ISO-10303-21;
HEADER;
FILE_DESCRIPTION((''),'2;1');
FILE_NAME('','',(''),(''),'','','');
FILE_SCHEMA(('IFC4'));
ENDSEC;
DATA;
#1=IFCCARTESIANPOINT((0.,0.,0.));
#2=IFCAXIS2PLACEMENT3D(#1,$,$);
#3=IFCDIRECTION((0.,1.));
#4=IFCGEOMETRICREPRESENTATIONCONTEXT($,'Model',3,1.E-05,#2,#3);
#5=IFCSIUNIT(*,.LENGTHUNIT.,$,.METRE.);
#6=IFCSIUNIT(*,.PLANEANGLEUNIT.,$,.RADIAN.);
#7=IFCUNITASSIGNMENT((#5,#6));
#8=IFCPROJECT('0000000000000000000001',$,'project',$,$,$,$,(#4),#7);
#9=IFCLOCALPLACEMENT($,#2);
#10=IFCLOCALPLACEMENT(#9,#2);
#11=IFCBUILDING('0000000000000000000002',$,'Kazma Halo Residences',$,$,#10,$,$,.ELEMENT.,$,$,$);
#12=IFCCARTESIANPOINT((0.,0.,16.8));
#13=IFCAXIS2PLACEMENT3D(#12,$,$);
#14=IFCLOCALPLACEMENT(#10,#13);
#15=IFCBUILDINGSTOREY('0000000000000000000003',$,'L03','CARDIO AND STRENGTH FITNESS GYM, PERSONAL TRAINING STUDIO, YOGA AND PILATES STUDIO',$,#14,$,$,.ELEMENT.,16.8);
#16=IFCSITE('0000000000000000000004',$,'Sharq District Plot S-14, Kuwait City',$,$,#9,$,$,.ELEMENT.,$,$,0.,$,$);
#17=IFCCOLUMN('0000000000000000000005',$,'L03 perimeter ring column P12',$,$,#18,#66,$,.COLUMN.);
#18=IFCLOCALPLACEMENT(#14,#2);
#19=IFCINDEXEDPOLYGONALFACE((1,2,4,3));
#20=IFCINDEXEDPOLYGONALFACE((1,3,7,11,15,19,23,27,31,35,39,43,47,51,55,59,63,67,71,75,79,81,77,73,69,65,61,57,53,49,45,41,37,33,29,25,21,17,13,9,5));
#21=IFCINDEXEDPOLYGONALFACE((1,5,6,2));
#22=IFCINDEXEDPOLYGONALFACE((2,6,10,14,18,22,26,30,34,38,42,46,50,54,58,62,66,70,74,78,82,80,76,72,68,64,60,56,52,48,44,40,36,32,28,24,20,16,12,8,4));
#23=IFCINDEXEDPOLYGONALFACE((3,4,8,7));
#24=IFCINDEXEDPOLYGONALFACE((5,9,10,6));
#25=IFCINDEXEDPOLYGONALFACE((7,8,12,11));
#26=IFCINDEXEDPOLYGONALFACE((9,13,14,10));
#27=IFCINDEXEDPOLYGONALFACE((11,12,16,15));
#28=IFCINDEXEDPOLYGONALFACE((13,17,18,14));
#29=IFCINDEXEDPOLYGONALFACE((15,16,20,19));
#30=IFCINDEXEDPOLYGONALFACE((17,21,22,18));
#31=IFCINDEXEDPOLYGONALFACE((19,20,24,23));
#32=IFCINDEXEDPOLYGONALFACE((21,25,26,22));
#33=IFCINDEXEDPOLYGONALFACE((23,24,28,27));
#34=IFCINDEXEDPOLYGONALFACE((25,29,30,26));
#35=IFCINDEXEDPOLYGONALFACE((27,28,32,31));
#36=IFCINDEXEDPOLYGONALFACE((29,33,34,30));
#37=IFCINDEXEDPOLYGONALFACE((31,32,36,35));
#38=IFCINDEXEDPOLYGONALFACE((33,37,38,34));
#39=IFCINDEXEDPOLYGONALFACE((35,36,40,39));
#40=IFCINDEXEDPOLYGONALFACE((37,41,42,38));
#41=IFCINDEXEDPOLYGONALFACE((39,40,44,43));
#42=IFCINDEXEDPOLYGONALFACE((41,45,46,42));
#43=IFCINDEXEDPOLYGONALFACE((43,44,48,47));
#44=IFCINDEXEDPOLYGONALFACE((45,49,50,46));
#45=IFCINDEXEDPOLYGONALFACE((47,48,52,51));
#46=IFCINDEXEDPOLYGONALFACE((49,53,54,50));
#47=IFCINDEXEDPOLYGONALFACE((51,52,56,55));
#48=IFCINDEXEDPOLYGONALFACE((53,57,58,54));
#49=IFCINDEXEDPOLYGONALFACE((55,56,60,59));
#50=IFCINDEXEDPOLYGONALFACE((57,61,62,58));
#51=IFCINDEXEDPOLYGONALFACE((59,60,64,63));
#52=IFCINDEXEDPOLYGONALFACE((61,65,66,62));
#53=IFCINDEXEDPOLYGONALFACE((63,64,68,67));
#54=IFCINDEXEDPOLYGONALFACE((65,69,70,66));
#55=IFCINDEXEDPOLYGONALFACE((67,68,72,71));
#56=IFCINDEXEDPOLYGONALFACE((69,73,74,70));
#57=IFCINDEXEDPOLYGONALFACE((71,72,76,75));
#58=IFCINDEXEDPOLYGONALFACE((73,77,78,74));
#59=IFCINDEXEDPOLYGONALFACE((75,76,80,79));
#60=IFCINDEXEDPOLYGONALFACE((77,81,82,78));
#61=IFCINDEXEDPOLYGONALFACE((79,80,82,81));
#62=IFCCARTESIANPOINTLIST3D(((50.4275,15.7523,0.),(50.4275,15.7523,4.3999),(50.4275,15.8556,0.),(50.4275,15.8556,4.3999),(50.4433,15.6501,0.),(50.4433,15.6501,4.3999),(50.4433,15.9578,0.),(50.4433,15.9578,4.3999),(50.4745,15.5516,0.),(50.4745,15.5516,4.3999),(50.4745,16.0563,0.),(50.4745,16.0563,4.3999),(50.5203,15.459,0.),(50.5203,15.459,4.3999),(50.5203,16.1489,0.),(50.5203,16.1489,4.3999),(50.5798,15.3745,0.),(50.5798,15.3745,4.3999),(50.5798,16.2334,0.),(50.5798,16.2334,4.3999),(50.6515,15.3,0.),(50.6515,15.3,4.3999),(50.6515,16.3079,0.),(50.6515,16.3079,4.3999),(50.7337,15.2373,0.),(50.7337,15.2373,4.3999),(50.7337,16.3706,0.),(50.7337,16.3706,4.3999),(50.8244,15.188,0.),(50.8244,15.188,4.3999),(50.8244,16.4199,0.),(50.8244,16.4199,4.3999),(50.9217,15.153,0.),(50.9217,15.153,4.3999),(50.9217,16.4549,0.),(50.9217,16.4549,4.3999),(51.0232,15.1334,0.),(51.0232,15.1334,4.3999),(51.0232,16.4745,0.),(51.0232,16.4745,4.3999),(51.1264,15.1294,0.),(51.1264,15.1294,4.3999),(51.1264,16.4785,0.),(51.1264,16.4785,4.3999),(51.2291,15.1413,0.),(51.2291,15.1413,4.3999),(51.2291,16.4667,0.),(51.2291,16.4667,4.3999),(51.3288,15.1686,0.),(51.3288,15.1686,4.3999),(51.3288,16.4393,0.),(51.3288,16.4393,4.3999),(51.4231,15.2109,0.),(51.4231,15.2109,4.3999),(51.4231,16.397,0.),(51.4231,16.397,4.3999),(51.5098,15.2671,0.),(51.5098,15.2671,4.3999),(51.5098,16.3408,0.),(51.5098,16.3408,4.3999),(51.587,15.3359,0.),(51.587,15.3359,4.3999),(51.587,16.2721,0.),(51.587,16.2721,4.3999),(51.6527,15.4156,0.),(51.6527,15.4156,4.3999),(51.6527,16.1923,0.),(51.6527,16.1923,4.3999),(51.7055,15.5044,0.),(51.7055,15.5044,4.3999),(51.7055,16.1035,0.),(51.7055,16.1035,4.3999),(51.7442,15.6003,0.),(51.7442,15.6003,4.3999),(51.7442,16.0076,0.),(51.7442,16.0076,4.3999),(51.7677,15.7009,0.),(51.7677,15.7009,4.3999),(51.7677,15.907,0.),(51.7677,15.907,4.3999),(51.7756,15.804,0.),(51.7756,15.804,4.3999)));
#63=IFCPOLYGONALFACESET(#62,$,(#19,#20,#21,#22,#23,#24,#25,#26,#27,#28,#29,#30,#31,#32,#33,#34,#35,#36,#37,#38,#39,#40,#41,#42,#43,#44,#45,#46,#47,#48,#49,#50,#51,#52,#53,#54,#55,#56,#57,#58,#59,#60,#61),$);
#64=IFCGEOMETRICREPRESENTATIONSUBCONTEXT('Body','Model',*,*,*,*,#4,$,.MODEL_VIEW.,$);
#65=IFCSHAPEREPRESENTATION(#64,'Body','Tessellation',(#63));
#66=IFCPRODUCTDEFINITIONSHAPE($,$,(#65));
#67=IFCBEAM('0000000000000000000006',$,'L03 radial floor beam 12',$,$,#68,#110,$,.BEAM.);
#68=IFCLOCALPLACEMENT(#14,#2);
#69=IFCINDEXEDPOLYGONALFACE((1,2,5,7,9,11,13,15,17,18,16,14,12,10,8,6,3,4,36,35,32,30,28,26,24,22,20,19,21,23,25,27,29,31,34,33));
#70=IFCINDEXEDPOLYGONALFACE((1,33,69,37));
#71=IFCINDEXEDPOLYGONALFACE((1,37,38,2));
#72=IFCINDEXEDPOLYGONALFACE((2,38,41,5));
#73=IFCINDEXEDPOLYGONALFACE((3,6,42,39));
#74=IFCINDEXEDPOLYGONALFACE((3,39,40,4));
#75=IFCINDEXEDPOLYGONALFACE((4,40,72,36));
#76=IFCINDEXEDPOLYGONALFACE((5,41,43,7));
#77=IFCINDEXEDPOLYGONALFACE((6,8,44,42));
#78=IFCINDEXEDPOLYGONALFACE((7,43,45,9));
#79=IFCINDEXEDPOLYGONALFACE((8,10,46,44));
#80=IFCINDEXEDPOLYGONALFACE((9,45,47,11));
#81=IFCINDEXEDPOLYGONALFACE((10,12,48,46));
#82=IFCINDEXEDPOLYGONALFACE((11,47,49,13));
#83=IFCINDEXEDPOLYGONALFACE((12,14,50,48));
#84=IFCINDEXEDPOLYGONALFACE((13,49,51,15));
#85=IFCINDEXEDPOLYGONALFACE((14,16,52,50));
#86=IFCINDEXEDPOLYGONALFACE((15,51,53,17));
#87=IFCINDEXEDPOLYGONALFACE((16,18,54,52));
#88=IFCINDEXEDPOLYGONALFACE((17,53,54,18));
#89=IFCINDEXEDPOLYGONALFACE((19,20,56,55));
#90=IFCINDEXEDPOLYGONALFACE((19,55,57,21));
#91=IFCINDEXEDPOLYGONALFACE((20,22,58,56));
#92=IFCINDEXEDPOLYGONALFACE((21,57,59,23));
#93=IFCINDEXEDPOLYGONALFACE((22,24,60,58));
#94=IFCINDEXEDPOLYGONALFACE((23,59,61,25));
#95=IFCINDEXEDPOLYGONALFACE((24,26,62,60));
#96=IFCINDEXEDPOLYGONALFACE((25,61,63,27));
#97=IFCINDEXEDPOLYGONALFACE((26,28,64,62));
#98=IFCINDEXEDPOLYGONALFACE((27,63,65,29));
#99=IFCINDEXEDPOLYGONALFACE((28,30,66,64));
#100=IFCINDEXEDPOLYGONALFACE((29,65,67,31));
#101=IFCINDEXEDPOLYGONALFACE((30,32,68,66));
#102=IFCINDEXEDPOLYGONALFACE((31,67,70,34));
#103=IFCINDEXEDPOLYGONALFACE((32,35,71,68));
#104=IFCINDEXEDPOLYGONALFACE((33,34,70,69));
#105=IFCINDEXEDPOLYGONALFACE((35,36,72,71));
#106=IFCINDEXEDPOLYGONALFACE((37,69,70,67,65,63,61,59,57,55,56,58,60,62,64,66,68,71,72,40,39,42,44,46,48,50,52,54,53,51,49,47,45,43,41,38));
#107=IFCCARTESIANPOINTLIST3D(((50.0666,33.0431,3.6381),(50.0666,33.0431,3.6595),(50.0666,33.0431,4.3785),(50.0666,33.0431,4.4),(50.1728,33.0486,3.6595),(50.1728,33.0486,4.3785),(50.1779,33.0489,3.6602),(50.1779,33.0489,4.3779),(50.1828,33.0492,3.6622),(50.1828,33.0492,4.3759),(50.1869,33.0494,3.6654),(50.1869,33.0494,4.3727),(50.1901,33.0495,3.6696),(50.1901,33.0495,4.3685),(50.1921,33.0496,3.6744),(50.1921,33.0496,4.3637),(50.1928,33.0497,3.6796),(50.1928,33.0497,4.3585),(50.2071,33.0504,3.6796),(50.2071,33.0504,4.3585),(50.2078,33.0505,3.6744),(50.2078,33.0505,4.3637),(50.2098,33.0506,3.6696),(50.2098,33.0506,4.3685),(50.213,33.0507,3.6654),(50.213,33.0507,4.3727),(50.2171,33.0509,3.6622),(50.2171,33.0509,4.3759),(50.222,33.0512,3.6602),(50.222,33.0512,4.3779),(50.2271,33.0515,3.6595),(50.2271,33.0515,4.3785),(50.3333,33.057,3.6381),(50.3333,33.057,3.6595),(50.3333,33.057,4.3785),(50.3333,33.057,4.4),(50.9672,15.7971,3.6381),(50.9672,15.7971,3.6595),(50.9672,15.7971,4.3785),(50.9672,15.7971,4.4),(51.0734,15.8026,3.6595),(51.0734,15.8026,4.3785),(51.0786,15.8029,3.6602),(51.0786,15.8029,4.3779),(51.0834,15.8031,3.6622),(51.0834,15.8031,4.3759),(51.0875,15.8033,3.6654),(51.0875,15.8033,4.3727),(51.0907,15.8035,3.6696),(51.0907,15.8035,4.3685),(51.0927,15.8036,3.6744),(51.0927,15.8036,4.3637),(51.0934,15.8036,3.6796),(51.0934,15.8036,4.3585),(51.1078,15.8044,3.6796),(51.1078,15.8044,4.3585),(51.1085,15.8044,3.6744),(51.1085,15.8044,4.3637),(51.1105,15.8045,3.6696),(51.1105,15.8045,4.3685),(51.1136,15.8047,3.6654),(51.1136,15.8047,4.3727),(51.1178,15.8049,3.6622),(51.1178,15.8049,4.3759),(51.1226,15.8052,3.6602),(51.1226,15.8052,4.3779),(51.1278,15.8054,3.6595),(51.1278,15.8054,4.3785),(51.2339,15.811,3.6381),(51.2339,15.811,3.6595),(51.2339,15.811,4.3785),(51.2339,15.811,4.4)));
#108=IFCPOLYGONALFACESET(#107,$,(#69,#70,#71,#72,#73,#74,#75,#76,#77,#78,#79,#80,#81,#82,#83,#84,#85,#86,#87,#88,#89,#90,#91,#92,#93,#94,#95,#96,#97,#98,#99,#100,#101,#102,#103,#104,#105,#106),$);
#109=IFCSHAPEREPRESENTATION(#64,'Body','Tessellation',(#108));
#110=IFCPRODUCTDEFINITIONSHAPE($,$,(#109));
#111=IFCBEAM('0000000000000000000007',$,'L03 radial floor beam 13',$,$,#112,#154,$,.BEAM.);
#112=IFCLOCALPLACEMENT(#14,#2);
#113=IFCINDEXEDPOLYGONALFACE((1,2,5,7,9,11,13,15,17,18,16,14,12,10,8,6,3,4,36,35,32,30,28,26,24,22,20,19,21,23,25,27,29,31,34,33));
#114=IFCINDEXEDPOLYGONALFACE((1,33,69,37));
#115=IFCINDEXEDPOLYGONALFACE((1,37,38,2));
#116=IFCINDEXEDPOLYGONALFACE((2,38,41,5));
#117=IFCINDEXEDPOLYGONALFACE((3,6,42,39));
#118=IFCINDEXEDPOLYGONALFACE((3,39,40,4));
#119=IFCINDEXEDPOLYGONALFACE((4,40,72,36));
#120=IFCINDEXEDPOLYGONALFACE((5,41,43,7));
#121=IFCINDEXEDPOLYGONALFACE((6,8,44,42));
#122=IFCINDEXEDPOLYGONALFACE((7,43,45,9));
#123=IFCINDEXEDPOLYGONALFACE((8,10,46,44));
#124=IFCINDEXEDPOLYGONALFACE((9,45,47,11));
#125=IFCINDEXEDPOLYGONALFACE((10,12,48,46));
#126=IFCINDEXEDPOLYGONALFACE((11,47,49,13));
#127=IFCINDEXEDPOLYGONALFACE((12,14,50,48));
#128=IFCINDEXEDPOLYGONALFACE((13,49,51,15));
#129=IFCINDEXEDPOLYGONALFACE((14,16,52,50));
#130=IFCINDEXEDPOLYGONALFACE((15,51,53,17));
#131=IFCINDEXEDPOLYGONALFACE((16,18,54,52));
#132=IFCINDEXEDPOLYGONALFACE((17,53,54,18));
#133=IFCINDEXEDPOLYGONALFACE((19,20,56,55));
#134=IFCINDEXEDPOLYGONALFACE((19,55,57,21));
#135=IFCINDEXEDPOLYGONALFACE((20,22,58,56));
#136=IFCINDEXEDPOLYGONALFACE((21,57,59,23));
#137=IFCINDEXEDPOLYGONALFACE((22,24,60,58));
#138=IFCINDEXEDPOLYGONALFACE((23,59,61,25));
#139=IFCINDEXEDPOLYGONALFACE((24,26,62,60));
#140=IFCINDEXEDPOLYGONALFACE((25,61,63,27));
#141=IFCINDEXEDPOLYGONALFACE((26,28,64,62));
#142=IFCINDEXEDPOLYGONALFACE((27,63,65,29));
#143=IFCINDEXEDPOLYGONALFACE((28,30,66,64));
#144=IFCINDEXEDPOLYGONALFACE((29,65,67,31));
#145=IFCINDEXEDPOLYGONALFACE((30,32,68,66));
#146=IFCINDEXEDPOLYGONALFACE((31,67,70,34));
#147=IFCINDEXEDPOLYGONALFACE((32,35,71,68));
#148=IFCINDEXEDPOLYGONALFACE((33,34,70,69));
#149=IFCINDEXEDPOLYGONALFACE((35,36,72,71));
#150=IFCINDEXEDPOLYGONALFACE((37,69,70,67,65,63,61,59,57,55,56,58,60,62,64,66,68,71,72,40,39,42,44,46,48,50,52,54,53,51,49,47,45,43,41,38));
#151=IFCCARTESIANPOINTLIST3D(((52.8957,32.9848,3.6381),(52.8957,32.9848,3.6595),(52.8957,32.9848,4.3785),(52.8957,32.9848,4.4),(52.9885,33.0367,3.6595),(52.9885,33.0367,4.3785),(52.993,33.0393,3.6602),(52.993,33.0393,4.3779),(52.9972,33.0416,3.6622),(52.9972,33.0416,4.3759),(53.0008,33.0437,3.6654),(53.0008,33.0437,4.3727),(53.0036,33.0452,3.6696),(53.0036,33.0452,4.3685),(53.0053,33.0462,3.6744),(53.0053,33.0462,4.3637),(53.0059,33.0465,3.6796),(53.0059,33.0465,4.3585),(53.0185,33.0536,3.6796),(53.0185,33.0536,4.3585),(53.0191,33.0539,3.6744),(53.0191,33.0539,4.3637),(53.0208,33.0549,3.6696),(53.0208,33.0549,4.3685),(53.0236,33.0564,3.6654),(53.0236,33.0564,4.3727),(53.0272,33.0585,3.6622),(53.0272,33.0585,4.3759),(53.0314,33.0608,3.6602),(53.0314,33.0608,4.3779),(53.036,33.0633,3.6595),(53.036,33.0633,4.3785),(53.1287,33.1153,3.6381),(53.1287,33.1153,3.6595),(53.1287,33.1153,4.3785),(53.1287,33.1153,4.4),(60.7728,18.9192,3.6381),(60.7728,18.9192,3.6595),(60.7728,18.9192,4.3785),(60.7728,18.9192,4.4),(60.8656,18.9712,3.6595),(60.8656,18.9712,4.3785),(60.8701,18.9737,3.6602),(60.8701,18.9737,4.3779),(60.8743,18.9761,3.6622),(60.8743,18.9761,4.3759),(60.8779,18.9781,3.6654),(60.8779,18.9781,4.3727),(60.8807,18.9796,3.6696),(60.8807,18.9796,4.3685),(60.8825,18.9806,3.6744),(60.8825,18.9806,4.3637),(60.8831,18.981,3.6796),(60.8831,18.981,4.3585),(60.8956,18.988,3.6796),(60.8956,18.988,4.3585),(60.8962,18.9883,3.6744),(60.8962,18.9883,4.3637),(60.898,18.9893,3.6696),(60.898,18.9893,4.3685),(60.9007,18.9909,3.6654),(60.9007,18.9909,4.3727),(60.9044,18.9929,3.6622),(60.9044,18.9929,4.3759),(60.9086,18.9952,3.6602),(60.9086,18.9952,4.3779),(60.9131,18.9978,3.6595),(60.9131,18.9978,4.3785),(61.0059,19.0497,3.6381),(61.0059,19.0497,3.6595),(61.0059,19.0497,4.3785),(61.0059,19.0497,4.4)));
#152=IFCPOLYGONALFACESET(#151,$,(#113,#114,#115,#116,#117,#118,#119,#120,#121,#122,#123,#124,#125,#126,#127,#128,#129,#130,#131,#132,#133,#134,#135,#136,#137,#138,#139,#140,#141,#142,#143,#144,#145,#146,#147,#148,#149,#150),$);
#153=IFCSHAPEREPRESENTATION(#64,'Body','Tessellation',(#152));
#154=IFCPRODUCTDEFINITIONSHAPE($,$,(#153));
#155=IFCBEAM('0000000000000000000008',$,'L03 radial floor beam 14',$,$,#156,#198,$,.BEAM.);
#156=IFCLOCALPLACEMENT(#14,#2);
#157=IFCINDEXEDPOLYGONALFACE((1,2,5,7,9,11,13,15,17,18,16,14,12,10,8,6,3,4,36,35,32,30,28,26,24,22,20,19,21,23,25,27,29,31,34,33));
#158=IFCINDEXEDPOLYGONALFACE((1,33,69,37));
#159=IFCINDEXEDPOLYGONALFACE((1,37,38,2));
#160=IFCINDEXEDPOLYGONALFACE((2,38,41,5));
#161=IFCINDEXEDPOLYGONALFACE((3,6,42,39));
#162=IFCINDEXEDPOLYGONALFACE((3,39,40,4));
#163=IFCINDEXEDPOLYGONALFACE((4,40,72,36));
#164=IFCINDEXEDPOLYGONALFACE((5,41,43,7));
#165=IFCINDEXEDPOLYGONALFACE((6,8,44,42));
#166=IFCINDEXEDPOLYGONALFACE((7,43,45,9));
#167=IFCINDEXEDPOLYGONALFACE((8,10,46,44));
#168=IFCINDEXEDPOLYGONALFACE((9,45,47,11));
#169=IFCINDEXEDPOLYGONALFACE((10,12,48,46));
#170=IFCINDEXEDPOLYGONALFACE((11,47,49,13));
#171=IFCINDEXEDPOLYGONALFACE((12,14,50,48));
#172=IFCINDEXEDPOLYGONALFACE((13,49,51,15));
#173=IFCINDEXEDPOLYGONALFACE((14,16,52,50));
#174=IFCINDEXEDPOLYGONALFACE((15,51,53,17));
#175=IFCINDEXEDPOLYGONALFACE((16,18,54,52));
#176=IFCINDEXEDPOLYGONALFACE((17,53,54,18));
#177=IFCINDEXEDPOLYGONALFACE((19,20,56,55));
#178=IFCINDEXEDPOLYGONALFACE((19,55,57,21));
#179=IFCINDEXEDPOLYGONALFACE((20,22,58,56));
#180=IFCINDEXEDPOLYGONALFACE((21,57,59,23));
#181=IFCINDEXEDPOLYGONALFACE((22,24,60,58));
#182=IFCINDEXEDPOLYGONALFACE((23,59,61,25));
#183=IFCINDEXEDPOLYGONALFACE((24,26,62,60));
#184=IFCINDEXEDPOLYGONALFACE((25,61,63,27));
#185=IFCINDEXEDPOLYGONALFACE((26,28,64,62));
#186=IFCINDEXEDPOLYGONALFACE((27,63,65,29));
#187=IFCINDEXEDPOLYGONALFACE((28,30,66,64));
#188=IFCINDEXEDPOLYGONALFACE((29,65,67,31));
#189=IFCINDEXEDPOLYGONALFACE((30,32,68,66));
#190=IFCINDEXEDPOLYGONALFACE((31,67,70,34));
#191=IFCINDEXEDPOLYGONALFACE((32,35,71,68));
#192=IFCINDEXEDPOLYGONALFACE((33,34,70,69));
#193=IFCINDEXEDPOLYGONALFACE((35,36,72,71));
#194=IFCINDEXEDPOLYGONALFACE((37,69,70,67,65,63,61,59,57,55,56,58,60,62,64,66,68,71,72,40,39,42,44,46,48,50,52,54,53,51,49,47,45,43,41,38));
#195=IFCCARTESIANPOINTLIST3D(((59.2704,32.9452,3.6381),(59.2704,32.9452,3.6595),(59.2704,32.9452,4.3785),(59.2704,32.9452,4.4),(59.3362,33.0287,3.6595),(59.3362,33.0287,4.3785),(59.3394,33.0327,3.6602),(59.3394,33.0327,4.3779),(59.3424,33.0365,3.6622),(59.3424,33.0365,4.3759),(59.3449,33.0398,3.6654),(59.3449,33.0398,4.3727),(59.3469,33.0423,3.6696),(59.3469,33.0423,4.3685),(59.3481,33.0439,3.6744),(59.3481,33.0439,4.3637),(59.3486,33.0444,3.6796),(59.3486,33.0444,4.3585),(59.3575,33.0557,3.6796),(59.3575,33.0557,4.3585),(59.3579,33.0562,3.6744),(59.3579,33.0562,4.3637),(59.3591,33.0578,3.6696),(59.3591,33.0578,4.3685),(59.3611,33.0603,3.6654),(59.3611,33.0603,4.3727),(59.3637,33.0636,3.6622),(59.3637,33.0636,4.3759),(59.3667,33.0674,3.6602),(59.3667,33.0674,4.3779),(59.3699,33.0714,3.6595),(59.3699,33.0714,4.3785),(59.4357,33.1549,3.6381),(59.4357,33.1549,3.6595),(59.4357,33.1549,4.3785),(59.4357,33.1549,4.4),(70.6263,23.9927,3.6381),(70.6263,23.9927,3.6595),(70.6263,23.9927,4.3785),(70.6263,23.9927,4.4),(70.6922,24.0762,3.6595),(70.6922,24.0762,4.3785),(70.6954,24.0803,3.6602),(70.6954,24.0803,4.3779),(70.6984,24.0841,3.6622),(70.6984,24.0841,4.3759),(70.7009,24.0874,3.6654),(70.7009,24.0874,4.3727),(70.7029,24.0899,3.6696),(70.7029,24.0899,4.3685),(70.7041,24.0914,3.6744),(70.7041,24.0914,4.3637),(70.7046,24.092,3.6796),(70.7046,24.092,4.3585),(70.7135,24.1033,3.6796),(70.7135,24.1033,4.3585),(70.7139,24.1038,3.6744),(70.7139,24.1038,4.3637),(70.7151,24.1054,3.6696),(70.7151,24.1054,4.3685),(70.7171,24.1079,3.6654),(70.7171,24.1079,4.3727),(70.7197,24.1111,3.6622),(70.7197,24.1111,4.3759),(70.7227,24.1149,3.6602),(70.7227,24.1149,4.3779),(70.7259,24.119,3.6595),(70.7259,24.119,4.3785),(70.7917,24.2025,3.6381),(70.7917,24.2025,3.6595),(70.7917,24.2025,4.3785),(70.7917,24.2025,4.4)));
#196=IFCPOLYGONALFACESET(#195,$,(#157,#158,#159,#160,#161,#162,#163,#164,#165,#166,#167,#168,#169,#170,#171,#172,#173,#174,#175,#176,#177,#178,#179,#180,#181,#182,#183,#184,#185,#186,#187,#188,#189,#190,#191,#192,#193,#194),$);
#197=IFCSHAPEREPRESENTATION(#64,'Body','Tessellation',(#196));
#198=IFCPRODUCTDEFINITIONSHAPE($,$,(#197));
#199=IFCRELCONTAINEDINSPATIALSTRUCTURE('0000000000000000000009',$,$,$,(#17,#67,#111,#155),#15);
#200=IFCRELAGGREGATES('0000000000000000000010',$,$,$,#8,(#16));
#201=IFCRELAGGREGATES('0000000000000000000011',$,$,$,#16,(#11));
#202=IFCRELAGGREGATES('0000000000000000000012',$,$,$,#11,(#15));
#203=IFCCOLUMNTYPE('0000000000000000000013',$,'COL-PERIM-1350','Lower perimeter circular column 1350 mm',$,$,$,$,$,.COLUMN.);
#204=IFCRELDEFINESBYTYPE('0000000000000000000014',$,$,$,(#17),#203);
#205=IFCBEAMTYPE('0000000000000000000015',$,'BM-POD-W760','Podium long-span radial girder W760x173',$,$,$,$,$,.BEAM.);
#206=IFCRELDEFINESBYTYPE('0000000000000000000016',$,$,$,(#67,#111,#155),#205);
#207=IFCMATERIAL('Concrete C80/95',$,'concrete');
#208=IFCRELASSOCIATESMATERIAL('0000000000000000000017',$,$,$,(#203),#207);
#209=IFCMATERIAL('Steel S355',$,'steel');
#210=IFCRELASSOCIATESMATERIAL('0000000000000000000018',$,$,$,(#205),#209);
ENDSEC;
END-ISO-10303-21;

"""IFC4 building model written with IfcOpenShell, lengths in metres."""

from ifc_helpers import new_model, si_unit, direction, frame, origin, origin_2d, place, context, subcontext, project, spatial, circle, i_section, extrude, material, material_profile, profile_set, type_object, element, save


model = new_model("IFC4")

# Units and contexts
model_context = context("Model", 3, precision=1e-05, world=origin(), true_north=direction((0.0, 1.0)))
body_context = subcontext(model_context, "Body", "Model", "MODEL_VIEW")
ifc_project = project(units=[si_unit("LENGTHUNIT", "METRE"), si_unit("PLANEANGLEUNIT", "RADIAN")], contexts=[model_context])

# Site, building, storey
site_placement = place(None, origin())
site = spatial("IfcSite", under=ifc_project, at=site_placement, Name="Sharq District Plot S-14, Kuwait City", CompositionType="ELEMENT", RefElevation=0.0)
building_placement = place(site_placement, origin())
building = spatial("IfcBuilding", under=site, at=building_placement, Name="Kazma Halo Residences", CompositionType="ELEMENT")
storey_placement = place(building_placement, frame((0.0, 0.0, 16.8)))
storey = spatial("IfcBuildingStorey", under=building, at=storey_placement, Name="L03", Description="CARDIO AND STRENGTH FITNESS GYM, PERSONAL TRAINING STUDIO, YOGA AND PILATES STUDIO", CompositionType="ELEMENT", Elevation=16.8)

# Column
ifc_material_1 = material(Name="Concrete C80/95", Category="concrete")
ifc_material_profile_1 = material_profile(ifc_material_1, circle(Radius=0.675, at=origin_2d()), Name="CIRC1350")
ifc_profile_set_1 = profile_set([ifc_material_profile_1], Name="Concrete C80/95")
column_type = type_object("IfcColumnType", Name="COL-PERIM-1350", Description="Lower perimeter circular column 1350 mm", PredefinedType="COLUMN", material=ifc_profile_set_1)
column_placement = place(storey_placement, frame((51.1006, 15.804, 0.0), z_axis=(0.0, 0.0, 1.0), x_axis=(1.0, 0.0, 0.0)))
element("IfcColumn", 1, at=column_placement, inside=storey, type_object=column_type, Name="L03 perimeter ring column P12", PredefinedType="COLUMN", context=body_context, shape_type="SweptSolid", body=[
    extrude(circle(Radius=0.675, at=origin_2d()), origin(), (0.0, 0.0, 1.0), 4.3999),
])

# Beams
ifc_material_2 = material(Name="Steel S355", Category="steel")
ifc_material_profile_2 = material_profile(ifc_material_2, i_section(OverallWidth=0.2671, OverallDepth=0.762, WebThickness=0.0144, FlangeThickness=0.0215, FilletRadius=0.02, at=origin_2d()), Name="W760x173")
ifc_profile_set_2 = profile_set([ifc_material_profile_2], Name="Steel S355")
beam_type_1 = type_object("IfcBeamType", Name="BM-POD-W760", Description="Podium long-span radial girder W760x173", PredefinedType="BEAM", material=ifc_profile_set_2)
beam_1_placement = place(storey_placement, frame((50.2, 33.05, 4.019), z_axis=(0.052151, -0.998639, 0.0), x_axis=(0.998639, 0.052151, 0.0)))
element("IfcBeam", 2, at=beam_1_placement, inside=storey, type_object=beam_type_1, Name="L03 radial floor beam 12", PredefinedType="BEAM", context=body_context, shape_type="SweptSolid", body=[
    extrude(i_section(OverallWidth=0.2671, OverallDepth=0.762, WebThickness=0.0144, FlangeThickness=0.0215, FilletRadius=0.02, at=origin_2d()), origin(), (0.0, 0.0, 1.0), 17.2695),
])
beam_2_placement = place(storey_placement, frame((53.0122, 33.05, 4.019), z_axis=(0.488623, -0.872495, 0.0), x_axis=(0.872495, 0.488623, 0.0)))
element("IfcBeam", 3, at=beam_2_placement, inside=storey, type_object=beam_type_1, Name="L03 radial floor beam 13", PredefinedType="BEAM", context=body_context, shape_type="SweptSolid", body=[
    extrude(i_section(OverallWidth=0.2671, OverallDepth=0.762, WebThickness=0.0144, FlangeThickness=0.0215, FilletRadius=0.02, at=origin_2d()), origin(), (0.0, 0.0, 1.0), 16.1211),
])
beam_3_placement = place(storey_placement, frame((59.353, 33.05, 4.019), z_axis=(0.785314, -0.619097, 0.0), x_axis=(0.619097, 0.785314, 0.0)))
element("IfcBeam", 4, at=beam_3_placement, inside=storey, type_object=beam_type_1, Name="L03 radial floor beam 14", PredefinedType="BEAM", context=body_context, shape_type="SweptSolid", body=[
    extrude(i_section(OverallWidth=0.2671, OverallDepth=0.762, WebThickness=0.0144, FlangeThickness=0.0215, FilletRadius=0.02, at=origin_2d()), origin(), (0.0, 0.0, 1.0), 14.4604),
])

save(model, "model.ifc")
